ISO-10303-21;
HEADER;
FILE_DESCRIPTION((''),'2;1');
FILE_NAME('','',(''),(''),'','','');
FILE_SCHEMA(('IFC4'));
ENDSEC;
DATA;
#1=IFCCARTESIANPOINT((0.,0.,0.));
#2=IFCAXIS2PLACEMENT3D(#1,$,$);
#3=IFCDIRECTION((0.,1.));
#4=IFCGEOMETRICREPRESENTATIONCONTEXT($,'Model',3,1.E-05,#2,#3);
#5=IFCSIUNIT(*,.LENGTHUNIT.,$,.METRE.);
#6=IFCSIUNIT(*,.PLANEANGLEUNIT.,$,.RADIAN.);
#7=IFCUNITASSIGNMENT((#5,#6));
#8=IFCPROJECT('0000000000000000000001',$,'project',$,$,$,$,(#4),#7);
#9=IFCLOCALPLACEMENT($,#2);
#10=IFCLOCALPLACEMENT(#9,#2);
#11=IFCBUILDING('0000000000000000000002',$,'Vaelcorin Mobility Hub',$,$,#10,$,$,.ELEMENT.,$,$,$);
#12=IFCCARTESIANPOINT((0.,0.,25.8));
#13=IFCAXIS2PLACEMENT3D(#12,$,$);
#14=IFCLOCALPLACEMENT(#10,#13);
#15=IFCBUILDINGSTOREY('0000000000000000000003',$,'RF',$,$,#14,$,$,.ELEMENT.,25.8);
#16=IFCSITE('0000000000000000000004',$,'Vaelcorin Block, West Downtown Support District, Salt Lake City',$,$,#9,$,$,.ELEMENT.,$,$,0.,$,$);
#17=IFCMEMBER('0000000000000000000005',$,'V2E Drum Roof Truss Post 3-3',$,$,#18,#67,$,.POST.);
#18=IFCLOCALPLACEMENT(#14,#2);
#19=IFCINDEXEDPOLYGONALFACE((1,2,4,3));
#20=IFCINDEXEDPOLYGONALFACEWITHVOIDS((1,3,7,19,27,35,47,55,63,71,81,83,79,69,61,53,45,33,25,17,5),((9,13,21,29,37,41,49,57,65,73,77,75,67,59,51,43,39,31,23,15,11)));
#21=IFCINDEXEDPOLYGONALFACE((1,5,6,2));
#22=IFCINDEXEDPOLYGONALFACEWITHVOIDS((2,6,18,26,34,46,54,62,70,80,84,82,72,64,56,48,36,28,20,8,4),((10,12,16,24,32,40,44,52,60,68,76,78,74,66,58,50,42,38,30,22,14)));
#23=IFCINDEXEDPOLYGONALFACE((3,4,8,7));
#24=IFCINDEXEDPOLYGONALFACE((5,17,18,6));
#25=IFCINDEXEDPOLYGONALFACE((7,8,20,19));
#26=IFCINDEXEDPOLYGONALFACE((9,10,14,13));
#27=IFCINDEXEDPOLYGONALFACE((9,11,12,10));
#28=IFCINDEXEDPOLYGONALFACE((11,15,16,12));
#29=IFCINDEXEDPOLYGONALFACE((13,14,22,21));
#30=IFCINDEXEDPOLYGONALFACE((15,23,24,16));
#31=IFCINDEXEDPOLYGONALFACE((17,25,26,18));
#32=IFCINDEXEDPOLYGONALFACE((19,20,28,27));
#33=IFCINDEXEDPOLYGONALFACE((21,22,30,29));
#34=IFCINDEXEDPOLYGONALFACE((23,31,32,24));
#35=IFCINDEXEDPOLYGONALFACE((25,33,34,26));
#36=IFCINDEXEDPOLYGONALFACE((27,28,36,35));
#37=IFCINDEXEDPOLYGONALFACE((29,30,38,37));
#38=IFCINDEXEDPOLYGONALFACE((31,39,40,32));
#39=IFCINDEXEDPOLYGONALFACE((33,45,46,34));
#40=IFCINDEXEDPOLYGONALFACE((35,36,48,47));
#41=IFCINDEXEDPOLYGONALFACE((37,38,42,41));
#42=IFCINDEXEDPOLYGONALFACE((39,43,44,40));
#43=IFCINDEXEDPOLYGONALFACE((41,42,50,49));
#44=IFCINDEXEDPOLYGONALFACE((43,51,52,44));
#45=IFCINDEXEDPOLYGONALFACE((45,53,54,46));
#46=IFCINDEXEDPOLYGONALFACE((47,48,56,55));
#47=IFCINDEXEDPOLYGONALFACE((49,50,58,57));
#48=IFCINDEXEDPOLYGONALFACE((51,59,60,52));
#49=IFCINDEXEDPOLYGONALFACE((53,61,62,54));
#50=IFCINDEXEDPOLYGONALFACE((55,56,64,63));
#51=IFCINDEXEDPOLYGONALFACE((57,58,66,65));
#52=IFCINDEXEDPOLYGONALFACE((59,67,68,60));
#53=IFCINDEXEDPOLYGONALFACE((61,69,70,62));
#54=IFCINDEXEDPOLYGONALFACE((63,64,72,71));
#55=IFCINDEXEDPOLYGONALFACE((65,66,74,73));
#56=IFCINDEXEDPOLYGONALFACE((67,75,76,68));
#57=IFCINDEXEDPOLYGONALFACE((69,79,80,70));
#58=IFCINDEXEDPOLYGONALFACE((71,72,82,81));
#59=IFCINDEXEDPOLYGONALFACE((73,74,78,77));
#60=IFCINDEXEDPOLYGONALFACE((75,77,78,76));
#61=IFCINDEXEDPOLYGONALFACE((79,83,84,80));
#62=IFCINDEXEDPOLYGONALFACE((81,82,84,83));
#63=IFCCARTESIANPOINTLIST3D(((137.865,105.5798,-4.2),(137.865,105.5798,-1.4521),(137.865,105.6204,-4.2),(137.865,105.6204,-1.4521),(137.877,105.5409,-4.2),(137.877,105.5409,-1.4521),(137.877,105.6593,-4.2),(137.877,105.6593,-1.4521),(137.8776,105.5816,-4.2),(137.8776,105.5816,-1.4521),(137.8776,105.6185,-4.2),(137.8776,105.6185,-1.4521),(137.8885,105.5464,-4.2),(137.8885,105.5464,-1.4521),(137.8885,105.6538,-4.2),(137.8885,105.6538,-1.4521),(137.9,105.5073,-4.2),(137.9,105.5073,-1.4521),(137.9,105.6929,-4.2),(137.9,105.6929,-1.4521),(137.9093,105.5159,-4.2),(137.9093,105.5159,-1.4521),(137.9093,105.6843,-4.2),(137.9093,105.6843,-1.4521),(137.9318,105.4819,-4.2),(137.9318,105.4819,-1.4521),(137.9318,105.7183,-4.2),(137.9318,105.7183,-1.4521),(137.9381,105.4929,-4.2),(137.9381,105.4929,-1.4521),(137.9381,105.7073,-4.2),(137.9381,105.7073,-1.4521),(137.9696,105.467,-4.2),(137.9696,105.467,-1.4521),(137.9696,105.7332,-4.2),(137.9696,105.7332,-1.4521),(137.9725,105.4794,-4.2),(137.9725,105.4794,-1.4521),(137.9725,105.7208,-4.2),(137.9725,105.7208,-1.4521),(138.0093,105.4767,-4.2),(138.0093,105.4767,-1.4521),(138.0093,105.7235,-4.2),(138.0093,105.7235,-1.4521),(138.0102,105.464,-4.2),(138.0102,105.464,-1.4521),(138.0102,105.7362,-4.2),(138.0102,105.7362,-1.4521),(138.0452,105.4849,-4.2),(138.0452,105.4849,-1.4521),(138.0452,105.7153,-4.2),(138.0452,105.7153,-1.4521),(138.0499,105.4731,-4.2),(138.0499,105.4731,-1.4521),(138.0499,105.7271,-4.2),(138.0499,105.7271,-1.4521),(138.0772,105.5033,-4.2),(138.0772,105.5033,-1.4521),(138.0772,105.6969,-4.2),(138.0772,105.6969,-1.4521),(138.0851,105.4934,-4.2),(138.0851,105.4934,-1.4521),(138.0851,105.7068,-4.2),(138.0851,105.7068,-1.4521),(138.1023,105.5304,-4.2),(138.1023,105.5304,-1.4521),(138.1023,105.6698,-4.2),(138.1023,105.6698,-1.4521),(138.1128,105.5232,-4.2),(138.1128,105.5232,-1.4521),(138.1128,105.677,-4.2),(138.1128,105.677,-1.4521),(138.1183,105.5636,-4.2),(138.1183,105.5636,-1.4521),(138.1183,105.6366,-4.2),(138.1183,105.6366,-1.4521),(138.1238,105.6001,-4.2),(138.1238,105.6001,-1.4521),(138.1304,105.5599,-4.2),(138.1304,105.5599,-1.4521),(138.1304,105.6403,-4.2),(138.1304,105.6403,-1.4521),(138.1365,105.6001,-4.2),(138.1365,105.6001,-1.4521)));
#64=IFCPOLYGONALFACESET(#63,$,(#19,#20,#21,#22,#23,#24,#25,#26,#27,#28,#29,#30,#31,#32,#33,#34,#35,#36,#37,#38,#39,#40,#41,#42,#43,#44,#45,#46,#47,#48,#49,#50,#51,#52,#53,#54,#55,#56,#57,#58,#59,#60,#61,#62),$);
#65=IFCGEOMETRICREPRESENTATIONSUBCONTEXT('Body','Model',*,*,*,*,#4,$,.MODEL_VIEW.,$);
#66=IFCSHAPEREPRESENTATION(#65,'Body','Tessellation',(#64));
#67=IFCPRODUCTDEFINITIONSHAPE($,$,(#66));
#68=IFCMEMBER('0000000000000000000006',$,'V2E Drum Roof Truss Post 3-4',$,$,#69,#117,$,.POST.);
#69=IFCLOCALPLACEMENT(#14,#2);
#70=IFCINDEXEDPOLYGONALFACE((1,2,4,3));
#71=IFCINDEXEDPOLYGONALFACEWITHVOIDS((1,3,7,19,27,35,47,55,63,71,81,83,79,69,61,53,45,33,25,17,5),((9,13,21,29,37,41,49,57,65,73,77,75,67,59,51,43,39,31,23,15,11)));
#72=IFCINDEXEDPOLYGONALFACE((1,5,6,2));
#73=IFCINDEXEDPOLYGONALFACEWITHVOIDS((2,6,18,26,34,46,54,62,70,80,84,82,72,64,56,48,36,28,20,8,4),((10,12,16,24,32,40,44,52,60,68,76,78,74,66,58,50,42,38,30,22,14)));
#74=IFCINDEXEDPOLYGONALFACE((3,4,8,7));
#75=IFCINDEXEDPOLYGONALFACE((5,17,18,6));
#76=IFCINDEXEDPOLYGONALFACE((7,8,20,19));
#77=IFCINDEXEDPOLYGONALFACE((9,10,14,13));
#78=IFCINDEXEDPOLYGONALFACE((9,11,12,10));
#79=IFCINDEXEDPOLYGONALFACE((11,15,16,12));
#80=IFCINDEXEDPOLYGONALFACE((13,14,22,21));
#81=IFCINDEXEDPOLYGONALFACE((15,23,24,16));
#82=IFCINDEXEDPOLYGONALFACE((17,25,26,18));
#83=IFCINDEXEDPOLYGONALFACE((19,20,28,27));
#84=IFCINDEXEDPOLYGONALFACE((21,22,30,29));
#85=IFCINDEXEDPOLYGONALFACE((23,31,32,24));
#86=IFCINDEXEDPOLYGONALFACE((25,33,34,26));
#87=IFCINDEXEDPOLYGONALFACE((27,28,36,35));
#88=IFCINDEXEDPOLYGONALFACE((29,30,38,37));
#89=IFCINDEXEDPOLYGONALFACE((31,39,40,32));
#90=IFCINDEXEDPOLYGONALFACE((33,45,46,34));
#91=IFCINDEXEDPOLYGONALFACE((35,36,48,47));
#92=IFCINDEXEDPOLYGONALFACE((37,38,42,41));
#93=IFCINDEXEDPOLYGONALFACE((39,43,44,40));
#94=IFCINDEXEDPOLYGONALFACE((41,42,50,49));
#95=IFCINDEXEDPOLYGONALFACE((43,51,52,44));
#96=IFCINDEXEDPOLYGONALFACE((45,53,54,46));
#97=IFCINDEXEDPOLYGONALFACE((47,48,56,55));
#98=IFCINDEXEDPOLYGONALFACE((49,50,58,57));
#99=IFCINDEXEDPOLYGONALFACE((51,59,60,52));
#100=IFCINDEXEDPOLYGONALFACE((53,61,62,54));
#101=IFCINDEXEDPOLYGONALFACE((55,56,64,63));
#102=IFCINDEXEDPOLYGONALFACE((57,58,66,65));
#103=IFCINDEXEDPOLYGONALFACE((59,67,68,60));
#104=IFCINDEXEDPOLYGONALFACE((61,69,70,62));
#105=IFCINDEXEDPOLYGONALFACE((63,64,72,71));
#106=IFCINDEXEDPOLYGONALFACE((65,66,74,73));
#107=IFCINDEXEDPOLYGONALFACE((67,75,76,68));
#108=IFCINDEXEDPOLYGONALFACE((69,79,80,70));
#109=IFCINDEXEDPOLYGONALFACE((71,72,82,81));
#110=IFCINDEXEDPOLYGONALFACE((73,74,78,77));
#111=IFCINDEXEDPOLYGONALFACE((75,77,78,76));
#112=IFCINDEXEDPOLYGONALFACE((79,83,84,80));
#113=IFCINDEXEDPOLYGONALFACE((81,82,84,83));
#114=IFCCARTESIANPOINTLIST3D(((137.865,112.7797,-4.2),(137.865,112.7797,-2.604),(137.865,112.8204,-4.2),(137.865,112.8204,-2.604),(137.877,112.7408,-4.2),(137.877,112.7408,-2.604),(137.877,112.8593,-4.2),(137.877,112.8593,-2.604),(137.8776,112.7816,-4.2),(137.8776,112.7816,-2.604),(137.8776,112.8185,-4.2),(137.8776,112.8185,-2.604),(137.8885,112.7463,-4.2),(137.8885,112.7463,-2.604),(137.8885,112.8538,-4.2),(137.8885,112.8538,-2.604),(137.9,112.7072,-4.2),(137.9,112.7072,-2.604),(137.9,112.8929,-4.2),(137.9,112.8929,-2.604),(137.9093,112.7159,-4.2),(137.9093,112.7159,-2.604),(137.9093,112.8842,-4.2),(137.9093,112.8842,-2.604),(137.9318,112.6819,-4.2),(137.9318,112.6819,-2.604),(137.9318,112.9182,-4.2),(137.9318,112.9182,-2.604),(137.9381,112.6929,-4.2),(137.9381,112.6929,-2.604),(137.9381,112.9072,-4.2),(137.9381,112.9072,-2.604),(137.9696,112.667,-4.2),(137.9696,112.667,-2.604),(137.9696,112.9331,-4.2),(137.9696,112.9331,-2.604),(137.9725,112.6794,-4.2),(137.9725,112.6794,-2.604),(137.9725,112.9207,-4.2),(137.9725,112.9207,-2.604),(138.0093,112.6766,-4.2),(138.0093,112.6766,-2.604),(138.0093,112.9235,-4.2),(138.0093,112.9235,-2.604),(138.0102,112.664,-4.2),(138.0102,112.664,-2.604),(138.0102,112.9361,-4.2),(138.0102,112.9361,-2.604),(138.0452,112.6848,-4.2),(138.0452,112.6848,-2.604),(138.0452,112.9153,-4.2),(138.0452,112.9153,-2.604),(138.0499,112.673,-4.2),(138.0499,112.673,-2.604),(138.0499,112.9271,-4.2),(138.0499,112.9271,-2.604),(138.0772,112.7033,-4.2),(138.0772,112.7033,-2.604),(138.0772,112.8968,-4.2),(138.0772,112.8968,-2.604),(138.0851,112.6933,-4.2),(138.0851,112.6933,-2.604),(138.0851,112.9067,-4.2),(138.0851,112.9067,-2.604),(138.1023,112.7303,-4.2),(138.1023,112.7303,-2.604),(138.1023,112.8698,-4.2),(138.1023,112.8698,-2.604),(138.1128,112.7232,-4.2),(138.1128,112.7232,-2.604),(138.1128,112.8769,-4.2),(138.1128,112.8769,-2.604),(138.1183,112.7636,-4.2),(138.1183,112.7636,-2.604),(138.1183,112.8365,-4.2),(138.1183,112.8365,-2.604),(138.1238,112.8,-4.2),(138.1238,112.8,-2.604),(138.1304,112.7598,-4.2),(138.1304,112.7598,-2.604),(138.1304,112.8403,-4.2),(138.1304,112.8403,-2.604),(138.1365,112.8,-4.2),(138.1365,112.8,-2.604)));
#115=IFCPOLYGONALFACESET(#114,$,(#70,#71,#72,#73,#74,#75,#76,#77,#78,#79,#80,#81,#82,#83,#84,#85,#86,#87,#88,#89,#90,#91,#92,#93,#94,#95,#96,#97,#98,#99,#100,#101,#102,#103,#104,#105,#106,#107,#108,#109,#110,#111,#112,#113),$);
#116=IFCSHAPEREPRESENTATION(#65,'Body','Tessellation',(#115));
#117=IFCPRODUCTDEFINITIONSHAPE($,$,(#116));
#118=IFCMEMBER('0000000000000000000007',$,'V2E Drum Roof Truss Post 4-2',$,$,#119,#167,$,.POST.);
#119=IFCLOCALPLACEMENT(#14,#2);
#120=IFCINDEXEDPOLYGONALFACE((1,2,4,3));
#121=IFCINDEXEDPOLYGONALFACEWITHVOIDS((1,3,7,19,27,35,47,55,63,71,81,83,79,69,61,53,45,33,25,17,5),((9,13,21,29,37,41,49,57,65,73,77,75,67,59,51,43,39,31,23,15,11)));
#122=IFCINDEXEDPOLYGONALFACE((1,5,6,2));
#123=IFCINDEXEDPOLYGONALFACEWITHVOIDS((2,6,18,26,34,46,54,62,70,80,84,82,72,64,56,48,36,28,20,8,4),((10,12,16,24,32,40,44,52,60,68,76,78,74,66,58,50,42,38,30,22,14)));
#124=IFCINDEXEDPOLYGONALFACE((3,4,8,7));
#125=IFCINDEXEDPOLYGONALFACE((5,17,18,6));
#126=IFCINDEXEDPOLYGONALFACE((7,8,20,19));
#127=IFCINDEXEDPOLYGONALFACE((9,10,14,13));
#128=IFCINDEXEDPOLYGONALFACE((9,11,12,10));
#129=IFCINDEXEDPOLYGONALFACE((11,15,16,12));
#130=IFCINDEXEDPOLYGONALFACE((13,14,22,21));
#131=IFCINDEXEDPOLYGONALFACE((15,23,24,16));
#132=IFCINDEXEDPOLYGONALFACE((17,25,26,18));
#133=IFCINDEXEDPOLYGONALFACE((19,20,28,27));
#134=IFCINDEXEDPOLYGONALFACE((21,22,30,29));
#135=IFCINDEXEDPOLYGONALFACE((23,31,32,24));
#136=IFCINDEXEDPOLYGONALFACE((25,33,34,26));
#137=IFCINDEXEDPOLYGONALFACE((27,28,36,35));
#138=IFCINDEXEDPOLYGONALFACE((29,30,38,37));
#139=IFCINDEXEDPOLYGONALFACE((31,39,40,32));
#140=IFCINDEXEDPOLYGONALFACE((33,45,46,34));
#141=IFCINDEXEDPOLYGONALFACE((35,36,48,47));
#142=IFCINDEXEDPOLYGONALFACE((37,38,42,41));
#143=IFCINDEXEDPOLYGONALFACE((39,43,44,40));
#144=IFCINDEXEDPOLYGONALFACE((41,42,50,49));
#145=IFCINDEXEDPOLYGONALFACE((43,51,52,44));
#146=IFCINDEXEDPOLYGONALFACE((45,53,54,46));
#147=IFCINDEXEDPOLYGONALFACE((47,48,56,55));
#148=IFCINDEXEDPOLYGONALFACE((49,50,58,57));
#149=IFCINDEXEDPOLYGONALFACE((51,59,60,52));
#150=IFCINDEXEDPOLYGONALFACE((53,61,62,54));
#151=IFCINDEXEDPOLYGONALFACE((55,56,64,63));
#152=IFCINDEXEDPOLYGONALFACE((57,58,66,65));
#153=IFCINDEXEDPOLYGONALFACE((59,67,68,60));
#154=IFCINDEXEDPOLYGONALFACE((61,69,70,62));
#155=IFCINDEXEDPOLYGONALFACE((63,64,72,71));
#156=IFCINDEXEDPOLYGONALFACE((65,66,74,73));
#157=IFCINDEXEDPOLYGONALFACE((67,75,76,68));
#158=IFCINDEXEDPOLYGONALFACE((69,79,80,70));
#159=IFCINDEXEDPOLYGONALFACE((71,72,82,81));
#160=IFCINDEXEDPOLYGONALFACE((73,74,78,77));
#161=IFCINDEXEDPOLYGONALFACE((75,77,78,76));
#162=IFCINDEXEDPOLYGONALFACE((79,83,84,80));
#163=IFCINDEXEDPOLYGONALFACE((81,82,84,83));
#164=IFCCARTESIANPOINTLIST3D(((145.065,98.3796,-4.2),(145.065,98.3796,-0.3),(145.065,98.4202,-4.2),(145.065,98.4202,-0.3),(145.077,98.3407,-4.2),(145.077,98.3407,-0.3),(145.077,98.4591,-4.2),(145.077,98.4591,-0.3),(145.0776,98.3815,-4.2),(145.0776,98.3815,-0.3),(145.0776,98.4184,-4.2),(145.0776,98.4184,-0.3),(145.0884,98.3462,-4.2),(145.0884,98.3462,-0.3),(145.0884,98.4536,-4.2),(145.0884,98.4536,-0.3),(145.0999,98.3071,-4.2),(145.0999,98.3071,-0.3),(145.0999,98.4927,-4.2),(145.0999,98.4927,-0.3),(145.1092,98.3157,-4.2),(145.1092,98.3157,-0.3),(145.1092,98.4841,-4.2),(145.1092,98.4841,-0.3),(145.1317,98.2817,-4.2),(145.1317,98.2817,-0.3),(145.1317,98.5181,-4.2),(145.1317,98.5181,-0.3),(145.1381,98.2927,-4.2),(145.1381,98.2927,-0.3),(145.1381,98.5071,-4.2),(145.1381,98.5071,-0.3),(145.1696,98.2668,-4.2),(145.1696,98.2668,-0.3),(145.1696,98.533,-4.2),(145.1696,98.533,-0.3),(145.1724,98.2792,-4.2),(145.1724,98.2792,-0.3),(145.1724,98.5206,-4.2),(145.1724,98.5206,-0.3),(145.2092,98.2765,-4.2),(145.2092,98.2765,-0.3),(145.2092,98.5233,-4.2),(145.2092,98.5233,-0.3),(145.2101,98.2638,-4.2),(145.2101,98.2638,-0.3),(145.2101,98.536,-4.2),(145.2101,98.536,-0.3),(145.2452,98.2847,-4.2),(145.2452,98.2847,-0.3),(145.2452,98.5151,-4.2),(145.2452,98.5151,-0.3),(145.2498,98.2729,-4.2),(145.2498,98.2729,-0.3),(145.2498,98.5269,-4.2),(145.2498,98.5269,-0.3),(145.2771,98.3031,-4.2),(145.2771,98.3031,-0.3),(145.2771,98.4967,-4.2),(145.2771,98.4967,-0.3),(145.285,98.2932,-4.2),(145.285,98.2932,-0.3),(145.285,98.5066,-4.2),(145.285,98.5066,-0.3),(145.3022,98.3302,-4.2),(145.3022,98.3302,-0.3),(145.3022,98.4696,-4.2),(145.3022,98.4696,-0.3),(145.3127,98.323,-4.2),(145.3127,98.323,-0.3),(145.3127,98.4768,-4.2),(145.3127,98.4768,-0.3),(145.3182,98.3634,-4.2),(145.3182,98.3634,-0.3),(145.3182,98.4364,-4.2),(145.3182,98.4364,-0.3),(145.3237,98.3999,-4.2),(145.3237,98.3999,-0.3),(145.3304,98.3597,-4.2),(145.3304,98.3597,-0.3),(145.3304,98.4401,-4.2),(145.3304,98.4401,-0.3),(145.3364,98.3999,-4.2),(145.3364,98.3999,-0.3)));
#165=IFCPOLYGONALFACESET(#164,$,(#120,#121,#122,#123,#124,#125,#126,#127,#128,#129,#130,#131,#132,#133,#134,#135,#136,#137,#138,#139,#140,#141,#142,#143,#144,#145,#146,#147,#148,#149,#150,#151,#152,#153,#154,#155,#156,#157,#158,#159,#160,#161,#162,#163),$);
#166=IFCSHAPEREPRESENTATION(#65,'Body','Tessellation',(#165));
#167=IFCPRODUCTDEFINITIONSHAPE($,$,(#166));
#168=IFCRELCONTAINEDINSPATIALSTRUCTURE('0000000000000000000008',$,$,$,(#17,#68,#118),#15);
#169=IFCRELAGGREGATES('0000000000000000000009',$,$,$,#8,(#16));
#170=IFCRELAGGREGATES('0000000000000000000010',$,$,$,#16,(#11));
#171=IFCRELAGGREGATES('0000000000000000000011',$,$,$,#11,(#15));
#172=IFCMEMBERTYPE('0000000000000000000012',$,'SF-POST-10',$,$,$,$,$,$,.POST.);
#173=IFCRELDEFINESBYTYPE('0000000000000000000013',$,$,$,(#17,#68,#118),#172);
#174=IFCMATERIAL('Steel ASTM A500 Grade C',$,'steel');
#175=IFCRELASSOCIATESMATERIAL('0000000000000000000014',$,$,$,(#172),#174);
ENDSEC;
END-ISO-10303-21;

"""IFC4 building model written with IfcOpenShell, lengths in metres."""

from ifc_helpers import new_model, si_unit, direction, frame, origin, origin_2d, place, context, subcontext, project, spatial, hollow_circle, extrude, material, material_profile, profile_set, type_object, element, save


model = new_model("IFC4")

# Units and contexts
model_context = context("Model", 3, precision=1e-05, world=origin(), true_north=direction((0.0, 1.0)))
body_context = subcontext(model_context, "Body", "Model", "MODEL_VIEW")
ifc_project = project(units=[si_unit("LENGTHUNIT", "METRE"), si_unit("PLANEANGLEUNIT", "RADIAN")], contexts=[model_context])

# Site, building, storey
site_placement = place(None, origin())
site = spatial("IfcSite", under=ifc_project, at=site_placement, Name="Vaelcorin Block, West Downtown Support District, Salt Lake City", CompositionType="ELEMENT", RefElevation=0.0)
building_placement = place(site_placement, origin())
building = spatial("IfcBuilding", under=site, at=building_placement, Name="Vaelcorin Mobility Hub", CompositionType="ELEMENT")
storey_placement = place(building_placement, frame((0.0, 0.0, 25.8)))
storey = spatial("IfcBuildingStorey", under=building, at=storey_placement, Name="RF", CompositionType="ELEMENT", Elevation=25.8)

# Members
ifc_material_1 = material(Name="Steel ASTM A500 Grade C", Category="steel")
ifc_material_profile_1 = material_profile(ifc_material_1, hollow_circle(Radius=0.1365, WallThickness=0.0127, at=origin_2d()), Name="HSS10.750X0.500")
ifc_profile_set_1 = profile_set([ifc_material_profile_1], Name="Steel ASTM A500 Grade C")
member_type_1 = type_object("IfcMemberType", Name="SF-POST-10", PredefinedType="POST", material=ifc_profile_set_1)
member_1_placement = place(storey_placement, frame((138.0, 105.6001, -4.2), z_axis=(0.0, 0.0, 1.0), x_axis=(1.0, 0.0, 0.0)))
element("IfcMember", 1, at=member_1_placement, inside=storey, type_object=member_type_1, Name="V2E Drum Roof Truss Post 3-3", PredefinedType="POST", context=body_context, shape_type="SweptSolid", body=[
    extrude(hollow_circle(Radius=0.1365, WallThickness=0.0127, at=origin_2d()), origin(), (0.0, 0.0, 1.0), 2.7478),
])
member_2_placement = place(storey_placement, frame((138.0, 112.8, -4.2), z_axis=(0.0, 0.0, 1.0), x_axis=(1.0, 0.0, 0.0)))
element("IfcMember", 2, at=member_2_placement, inside=storey, type_object=member_type_1, Name="V2E Drum Roof Truss Post 3-4", PredefinedType="POST", context=body_context, shape_type="SweptSolid", body=[
    extrude(hollow_circle(Radius=0.1365, WallThickness=0.0127, at=origin_2d()), origin(), (0.0, 0.0, 1.0), 1.5959),
])
member_3_placement = place(storey_placement, frame((145.2, 98.3999, -4.2), z_axis=(0.0, 0.0, 1.0), x_axis=(1.0, 0.0, 0.0)))
element("IfcMember", 3, at=member_3_placement, inside=storey, type_object=member_type_1, Name="V2E Drum Roof Truss Post 4-2", PredefinedType="POST", context=body_context, shape_type="SweptSolid", body=[
    extrude(hollow_circle(Radius=0.1365, WallThickness=0.0127, at=origin_2d()), origin(), (0.0, 0.0, 1.0), 3.8999),
])

save(model, "model.ifc")
